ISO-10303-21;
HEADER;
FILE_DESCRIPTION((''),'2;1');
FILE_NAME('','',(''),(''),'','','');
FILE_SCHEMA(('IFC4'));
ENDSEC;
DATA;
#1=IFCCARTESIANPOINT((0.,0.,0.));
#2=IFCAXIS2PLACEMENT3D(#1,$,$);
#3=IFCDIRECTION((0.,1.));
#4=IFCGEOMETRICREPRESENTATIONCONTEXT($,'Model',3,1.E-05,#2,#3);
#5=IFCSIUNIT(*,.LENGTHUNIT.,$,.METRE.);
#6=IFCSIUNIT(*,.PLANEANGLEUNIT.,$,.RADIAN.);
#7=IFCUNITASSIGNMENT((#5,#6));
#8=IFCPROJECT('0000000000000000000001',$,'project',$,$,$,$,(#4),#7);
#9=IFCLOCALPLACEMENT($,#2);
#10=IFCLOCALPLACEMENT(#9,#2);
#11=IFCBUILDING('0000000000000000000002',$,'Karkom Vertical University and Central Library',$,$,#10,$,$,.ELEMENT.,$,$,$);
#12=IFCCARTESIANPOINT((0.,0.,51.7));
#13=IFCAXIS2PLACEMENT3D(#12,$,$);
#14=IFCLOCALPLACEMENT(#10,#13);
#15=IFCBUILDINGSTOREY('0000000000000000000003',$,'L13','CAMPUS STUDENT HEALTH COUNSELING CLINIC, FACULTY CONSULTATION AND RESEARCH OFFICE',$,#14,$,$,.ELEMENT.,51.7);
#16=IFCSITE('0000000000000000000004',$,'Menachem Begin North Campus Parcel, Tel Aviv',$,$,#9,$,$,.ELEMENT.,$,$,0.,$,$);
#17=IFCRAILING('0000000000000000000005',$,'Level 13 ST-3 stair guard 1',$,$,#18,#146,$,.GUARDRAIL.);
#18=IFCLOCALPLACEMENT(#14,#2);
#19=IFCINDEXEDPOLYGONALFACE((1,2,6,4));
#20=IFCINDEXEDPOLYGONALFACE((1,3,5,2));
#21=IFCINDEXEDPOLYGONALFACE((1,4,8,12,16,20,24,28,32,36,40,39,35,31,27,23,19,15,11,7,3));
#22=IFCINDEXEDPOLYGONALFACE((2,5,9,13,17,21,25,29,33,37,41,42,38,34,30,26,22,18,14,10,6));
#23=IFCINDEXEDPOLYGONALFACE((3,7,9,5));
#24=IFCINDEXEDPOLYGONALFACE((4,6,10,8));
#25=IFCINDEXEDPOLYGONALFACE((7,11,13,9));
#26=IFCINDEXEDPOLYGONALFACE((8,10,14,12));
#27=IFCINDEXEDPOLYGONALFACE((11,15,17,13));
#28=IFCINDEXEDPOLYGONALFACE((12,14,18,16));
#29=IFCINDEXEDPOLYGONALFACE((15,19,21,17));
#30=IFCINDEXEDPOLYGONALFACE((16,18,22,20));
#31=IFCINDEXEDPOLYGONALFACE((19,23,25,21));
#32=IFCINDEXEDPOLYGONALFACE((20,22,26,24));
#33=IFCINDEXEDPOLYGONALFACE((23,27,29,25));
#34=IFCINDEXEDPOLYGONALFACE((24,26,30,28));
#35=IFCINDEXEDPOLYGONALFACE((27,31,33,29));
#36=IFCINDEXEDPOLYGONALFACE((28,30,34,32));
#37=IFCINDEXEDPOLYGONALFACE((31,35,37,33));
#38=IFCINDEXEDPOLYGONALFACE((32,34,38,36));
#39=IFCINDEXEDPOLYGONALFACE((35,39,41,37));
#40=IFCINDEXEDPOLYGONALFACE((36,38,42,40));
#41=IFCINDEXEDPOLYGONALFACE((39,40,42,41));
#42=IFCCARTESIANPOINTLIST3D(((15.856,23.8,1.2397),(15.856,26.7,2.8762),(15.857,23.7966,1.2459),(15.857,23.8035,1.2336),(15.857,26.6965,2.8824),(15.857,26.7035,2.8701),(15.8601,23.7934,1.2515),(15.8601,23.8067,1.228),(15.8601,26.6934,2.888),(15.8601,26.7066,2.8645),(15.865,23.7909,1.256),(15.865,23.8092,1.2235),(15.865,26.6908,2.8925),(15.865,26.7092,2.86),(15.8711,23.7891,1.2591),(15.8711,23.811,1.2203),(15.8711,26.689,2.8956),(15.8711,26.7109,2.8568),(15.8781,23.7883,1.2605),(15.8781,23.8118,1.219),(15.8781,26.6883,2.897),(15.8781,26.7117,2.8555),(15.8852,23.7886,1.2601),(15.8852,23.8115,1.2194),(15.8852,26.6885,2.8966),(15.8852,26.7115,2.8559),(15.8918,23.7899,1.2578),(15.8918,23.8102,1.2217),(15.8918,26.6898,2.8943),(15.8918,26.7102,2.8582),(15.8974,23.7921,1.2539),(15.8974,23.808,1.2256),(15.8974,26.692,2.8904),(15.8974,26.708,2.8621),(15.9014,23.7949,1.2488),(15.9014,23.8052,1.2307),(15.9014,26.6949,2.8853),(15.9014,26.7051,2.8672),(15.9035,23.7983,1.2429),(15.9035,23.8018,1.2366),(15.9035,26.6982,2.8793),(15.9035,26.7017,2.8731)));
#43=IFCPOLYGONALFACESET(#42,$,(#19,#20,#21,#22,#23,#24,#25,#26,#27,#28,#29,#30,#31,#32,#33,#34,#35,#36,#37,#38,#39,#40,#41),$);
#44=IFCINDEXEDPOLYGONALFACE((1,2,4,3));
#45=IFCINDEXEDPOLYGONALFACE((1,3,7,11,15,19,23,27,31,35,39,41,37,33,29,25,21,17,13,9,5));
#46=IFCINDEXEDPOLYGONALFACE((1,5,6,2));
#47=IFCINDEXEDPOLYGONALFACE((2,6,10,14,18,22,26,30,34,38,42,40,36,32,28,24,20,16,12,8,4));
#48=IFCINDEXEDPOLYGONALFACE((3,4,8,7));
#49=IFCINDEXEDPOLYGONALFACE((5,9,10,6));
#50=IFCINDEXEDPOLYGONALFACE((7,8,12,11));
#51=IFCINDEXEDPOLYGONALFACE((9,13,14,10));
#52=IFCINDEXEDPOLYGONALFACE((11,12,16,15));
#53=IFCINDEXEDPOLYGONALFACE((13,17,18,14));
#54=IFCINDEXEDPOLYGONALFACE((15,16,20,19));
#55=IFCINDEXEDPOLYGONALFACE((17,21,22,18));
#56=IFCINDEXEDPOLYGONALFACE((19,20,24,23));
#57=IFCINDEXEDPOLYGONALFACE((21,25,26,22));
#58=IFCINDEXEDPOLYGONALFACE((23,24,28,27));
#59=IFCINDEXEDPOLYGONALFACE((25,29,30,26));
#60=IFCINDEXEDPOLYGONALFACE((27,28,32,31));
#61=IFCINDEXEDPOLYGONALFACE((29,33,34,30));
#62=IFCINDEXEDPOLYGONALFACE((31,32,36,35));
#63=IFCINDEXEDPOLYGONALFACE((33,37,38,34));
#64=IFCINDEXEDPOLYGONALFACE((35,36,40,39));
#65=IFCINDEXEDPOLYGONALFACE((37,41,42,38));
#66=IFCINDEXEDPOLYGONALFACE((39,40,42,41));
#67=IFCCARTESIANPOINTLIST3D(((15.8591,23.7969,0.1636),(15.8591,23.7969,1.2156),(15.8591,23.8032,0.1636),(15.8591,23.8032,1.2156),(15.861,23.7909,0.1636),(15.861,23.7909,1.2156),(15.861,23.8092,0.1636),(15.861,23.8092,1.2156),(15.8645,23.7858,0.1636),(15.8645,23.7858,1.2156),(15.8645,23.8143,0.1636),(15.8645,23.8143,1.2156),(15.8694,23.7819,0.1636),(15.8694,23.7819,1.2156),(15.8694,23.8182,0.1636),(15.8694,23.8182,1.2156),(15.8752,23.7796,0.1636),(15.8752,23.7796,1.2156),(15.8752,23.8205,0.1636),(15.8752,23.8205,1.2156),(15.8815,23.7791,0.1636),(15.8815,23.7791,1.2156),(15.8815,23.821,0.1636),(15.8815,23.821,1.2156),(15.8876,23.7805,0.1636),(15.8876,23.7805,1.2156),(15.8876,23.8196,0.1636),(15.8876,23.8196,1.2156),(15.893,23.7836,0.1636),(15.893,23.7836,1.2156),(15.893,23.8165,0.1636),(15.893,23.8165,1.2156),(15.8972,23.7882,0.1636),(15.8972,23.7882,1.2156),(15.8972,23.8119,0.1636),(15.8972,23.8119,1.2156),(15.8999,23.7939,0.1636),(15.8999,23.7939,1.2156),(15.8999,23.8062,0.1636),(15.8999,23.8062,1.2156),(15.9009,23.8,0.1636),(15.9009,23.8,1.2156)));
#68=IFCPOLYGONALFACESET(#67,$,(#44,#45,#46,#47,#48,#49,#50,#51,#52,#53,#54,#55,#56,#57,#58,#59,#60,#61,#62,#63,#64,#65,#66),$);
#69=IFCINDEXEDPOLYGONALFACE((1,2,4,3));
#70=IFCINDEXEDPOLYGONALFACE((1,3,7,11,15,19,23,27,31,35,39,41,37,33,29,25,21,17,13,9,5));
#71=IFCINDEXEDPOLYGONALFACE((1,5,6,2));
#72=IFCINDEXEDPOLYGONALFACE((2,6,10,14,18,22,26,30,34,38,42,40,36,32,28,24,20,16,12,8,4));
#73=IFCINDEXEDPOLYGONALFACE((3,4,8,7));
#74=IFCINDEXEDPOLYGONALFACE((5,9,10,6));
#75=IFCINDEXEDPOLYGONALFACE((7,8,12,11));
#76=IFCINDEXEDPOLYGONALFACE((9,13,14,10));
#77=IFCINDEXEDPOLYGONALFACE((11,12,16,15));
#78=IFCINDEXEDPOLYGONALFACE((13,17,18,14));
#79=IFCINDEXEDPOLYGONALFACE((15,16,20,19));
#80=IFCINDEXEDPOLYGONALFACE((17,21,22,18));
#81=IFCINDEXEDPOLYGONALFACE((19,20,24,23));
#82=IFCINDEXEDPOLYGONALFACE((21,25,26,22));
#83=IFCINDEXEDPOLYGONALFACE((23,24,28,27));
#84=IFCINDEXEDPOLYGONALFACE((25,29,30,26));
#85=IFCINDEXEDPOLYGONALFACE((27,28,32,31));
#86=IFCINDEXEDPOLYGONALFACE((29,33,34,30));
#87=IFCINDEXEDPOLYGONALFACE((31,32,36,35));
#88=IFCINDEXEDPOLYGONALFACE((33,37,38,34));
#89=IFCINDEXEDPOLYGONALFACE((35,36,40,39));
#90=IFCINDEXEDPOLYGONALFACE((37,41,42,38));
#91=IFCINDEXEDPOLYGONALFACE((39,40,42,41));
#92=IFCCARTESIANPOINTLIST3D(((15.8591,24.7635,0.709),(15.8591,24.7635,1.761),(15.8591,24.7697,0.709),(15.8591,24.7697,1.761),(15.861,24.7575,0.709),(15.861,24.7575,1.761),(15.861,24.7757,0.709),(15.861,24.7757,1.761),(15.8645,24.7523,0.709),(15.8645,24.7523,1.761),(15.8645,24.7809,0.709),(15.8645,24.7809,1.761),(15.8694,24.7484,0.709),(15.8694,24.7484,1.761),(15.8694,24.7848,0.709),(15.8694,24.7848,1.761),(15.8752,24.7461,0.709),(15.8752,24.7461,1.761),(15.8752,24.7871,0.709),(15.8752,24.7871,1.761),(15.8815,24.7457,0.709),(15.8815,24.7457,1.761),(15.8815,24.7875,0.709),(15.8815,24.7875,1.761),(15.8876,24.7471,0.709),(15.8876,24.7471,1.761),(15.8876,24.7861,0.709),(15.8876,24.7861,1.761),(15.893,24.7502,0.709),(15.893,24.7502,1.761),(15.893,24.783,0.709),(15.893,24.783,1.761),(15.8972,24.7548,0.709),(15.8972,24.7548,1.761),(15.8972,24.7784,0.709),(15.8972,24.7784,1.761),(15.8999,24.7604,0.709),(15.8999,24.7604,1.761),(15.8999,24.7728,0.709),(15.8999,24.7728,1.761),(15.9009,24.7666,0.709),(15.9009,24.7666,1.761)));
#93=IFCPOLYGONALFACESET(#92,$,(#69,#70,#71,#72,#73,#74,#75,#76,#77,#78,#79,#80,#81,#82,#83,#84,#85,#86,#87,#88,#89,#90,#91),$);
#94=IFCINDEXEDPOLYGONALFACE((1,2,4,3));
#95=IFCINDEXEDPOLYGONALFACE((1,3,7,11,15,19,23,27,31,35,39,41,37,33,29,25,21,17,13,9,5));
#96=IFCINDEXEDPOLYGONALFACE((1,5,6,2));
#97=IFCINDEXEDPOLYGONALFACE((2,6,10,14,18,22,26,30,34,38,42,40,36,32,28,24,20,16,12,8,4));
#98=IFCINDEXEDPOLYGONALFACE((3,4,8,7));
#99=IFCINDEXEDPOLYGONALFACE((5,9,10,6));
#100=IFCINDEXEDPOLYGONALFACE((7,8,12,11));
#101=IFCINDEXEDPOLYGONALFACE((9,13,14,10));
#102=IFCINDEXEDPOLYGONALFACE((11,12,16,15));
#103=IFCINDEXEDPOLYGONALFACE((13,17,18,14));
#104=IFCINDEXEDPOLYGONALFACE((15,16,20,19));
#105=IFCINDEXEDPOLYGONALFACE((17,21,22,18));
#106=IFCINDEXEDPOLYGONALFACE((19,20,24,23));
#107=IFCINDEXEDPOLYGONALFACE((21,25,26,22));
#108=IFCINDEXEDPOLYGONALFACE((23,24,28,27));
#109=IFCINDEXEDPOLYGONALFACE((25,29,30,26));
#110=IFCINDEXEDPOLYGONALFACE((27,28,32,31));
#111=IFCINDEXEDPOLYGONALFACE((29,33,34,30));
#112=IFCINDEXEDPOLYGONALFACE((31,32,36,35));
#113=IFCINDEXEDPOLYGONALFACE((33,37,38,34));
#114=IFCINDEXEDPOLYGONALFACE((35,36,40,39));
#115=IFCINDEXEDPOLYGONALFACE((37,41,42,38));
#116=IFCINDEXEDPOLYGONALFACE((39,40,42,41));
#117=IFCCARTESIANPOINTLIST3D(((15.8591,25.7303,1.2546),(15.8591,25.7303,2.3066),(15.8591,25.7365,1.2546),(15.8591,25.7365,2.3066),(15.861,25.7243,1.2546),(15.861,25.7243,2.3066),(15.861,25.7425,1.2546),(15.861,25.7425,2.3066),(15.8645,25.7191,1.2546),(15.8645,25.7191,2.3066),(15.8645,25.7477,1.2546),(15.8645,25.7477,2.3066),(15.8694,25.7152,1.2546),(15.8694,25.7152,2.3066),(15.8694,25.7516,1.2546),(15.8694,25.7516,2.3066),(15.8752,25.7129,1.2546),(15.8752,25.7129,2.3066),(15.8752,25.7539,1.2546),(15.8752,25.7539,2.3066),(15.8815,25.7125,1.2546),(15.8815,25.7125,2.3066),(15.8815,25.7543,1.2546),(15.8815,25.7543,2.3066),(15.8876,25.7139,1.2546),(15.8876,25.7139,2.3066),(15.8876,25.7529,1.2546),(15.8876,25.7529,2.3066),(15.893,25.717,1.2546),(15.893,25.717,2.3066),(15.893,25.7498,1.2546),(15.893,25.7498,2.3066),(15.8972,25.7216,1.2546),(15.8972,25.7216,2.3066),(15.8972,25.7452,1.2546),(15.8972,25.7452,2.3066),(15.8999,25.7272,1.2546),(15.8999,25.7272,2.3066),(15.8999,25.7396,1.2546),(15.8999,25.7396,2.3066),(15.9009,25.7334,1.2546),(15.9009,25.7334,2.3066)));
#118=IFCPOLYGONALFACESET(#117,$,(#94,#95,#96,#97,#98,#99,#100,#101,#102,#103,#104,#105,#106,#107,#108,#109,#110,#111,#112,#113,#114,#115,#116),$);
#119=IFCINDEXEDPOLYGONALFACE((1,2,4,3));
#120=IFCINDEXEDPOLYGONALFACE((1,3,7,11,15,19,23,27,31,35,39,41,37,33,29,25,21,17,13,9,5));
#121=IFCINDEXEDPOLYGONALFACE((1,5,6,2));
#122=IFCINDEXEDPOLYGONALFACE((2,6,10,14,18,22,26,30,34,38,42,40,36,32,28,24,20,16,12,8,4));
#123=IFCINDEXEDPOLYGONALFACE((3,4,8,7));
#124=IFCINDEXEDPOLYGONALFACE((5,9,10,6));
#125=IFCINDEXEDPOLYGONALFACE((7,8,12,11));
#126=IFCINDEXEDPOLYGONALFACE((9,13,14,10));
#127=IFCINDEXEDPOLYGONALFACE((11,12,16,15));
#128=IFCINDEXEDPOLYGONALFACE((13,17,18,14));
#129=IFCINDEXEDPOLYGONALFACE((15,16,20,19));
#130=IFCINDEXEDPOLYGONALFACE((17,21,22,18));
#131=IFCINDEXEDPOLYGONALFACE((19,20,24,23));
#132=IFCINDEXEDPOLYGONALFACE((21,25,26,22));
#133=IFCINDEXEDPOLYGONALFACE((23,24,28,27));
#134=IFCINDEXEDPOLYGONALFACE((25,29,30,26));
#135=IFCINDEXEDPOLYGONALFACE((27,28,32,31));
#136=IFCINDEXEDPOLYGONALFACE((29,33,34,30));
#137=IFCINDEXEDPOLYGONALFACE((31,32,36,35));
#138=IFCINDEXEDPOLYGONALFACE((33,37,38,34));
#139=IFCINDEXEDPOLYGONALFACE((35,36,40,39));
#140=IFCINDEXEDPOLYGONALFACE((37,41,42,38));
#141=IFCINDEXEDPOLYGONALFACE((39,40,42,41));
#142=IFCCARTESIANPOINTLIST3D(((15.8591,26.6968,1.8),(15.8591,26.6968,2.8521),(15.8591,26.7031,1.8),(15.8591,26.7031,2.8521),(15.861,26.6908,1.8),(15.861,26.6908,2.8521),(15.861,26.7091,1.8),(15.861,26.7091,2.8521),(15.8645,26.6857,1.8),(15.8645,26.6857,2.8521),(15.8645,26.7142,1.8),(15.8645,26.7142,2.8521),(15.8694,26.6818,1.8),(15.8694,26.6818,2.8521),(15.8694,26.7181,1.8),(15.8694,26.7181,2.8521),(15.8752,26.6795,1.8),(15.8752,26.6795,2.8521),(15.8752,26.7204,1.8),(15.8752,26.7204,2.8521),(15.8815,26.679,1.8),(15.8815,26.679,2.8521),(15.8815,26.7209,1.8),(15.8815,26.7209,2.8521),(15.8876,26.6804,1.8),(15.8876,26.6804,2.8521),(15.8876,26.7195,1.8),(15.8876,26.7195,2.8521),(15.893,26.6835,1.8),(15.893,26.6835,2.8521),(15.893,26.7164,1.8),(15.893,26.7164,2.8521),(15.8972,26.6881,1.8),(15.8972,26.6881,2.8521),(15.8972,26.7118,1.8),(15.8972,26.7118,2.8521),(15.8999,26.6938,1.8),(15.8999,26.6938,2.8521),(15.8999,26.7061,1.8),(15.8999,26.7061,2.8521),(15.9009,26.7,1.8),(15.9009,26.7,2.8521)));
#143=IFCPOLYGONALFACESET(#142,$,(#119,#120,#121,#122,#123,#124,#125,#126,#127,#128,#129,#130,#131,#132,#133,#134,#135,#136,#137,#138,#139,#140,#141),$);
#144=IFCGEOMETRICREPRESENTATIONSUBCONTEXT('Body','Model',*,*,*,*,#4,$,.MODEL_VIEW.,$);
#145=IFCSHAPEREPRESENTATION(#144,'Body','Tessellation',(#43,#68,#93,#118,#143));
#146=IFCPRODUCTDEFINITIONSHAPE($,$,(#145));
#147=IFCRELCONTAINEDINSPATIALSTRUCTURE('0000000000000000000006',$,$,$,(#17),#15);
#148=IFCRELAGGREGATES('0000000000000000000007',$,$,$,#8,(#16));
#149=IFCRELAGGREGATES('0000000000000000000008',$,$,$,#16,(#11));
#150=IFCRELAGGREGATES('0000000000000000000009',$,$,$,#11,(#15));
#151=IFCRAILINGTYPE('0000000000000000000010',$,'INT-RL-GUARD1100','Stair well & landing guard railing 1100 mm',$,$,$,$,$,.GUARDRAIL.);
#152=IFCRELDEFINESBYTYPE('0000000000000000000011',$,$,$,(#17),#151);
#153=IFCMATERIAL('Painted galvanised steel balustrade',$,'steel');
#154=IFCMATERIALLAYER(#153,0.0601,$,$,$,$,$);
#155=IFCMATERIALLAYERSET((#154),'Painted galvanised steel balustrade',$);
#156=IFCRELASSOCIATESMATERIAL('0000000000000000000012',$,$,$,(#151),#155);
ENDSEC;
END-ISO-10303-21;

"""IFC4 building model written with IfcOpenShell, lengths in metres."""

from ifc_helpers import new_model, si_unit, direction, frame, origin, origin_2d, place, context, subcontext, project, spatial, circle, extrude, material, layer, layer_set, type_object, element, save


model = new_model("IFC4")

# Units and contexts
model_context = context("Model", 3, precision=1e-05, world=origin(), true_north=direction((0.0, 1.0)))
body_context = subcontext(model_context, "Body", "Model", "MODEL_VIEW")
ifc_project = project(units=[si_unit("LENGTHUNIT", "METRE"), si_unit("PLANEANGLEUNIT", "RADIAN")], contexts=[model_context])

# Site, building, storey
site_placement = place(None, origin())
site = spatial("IfcSite", under=ifc_project, at=site_placement, Name="Menachem Begin North Campus Parcel, Tel Aviv", CompositionType="ELEMENT", RefElevation=0.0)
building_placement = place(site_placement, origin())
building = spatial("IfcBuilding", under=site, at=building_placement, Name="Karkom Vertical University and Central Library", CompositionType="ELEMENT")
storey_placement = place(building_placement, frame((0.0, 0.0, 51.7)))
storey = spatial("IfcBuildingStorey", under=building, at=storey_placement, Name="L13", Description="CAMPUS STUDENT HEALTH COUNSELING CLINIC, FACULTY CONSULTATION AND RESEARCH OFFICE", CompositionType="ELEMENT", Elevation=51.7)

# Railing
ifc_material_1 = material(Name="Painted galvanised steel balustrade", Category="steel")
ifc_layer_1 = layer(ifc_material_1, 0.0601)
ifc_layer_set_1 = layer_set([ifc_layer_1], Name="Painted galvanised steel balustrade")
railing_type_1 = type_object("IfcRailingType", Name="INT-RL-GUARD1100", Description="Stair well & landing guard railing 1100 mm", PredefinedType="GUARDRAIL", material=ifc_layer_set_1)
railing_1_placement = place(storey_placement, frame((15.8799, 23.8, 0.1636)))
element("IfcRailing", 1, at=railing_1_placement, inside=storey, type_object=railing_type_1, Name="Level 13 ST-3 stair guard 1", PredefinedType="GUARDRAIL", context=body_context, shape_type="SweptSolid", body=[
    extrude(circle(Radius=0.0239, at=origin_2d()), frame((0.0, 0.0, 1.0762), z_axis=(0.0, 0.870897, 0.491465), x_axis=(-1.0, 0.0, 0.0)), (0.0, 0.0, 1.0), 3.3298),
    extrude(circle(Radius=0.021, at=origin_2d()), origin(), (0.0, 0.0, 1.0), 1.052),
    extrude(circle(Radius=0.021, at=origin_2d()), frame((0.0, 0.9666, 0.5454)), (0.0, 0.0, 1.0), 1.052),
    extrude(circle(Radius=0.021, at=origin_2d()), frame((0.0, 1.9333, 1.0911)), (0.0, 0.0, 1.0), 1.052),
    extrude(circle(Radius=0.021, at=origin_2d()), frame((0.0, 2.8999, 1.6365)), (0.0, 0.0, 1.0), 1.052),
])

save(model, "model.ifc")
